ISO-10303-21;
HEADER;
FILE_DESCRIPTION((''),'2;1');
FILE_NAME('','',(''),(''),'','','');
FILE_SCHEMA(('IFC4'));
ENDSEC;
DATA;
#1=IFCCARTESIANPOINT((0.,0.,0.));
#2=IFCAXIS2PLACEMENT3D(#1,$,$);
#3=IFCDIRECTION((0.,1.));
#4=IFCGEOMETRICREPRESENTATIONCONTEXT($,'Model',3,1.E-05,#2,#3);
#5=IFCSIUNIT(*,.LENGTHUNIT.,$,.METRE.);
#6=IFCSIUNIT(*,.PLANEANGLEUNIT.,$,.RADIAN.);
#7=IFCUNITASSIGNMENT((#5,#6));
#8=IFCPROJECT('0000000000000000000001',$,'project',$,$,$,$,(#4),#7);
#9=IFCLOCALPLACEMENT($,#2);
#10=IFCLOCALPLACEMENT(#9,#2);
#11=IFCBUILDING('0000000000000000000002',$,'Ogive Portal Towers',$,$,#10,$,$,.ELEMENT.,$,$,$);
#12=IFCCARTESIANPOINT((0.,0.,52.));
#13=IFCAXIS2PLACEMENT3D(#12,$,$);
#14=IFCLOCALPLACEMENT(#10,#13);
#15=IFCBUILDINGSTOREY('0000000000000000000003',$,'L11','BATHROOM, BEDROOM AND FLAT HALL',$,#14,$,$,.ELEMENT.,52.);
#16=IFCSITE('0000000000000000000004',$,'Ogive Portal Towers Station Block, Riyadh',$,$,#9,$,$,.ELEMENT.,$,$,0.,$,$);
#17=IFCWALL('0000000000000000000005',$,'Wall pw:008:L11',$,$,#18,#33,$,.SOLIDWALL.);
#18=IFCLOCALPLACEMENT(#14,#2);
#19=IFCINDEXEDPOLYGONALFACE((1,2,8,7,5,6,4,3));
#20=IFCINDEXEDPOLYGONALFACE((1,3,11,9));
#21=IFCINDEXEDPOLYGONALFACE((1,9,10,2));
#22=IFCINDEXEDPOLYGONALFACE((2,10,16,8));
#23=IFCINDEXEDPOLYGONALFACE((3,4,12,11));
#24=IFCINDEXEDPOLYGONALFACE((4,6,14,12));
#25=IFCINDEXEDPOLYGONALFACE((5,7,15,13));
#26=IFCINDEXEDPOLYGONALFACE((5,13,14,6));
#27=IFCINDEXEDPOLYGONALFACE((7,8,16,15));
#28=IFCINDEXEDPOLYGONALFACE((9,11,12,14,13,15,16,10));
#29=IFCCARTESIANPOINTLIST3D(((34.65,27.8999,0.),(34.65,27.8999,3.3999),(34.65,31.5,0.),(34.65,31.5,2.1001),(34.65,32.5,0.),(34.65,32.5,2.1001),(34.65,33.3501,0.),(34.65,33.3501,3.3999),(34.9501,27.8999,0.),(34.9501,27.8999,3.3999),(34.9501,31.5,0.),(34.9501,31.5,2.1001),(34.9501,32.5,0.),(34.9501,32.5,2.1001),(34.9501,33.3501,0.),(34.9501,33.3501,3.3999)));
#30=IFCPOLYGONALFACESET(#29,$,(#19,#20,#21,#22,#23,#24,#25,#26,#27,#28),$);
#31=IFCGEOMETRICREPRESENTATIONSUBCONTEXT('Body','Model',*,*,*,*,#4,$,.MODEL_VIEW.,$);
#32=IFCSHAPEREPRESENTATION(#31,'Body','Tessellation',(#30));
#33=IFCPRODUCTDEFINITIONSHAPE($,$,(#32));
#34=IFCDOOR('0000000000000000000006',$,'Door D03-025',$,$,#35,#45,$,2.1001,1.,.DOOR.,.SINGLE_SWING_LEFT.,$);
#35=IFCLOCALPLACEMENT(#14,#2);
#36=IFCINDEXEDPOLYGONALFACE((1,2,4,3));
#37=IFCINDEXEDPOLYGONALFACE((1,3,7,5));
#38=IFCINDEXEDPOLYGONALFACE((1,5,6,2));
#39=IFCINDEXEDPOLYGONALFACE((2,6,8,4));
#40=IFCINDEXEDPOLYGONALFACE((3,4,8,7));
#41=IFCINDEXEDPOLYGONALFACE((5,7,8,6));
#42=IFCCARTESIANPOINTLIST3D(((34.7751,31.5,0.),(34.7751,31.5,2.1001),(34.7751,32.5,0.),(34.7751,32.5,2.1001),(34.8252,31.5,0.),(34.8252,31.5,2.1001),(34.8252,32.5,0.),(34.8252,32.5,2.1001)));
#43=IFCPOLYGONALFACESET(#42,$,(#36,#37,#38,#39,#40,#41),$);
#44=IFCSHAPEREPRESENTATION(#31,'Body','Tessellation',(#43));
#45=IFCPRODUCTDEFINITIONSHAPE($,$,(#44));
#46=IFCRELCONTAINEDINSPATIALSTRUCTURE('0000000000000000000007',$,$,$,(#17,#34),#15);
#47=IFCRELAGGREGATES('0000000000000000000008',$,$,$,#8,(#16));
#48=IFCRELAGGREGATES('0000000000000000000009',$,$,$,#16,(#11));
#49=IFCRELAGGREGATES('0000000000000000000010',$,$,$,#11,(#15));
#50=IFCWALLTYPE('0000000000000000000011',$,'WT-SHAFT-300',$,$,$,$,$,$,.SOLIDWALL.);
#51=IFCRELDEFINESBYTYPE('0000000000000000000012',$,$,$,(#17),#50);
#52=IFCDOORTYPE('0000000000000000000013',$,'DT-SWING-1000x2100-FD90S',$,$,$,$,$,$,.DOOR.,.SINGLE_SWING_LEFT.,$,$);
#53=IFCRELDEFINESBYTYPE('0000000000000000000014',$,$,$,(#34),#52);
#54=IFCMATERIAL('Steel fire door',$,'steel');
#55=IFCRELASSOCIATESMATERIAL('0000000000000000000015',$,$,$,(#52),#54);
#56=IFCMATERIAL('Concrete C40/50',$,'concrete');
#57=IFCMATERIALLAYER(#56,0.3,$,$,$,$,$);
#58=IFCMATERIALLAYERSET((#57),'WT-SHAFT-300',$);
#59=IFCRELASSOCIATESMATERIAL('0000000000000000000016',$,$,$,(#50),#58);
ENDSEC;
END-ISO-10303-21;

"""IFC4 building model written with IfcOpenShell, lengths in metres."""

from ifc_helpers import new_model, si_unit, direction, frame, frame_2d, origin, place, context, subcontext, project, spatial, rectangle, extrude, material, layer, layer_set, type_object, element, fill, save


model = new_model("IFC4")

# Units and contexts
model_context = context("Model", 3, precision=1e-05, world=origin(), true_north=direction((0.0, 1.0)))
body_context = subcontext(model_context, "Body", "Model", "MODEL_VIEW")
ifc_project = project(units=[si_unit("LENGTHUNIT", "METRE"), si_unit("PLANEANGLEUNIT", "RADIAN")], contexts=[model_context])

# Site, building, storey
site_placement = place(None, origin())
site = spatial("IfcSite", under=ifc_project, at=site_placement, Name="Ogive Portal Towers Station Block, Riyadh", CompositionType="ELEMENT", RefElevation=0.0)
building_placement = place(site_placement, origin())
building = spatial("IfcBuilding", under=site, at=building_placement, Name="Ogive Portal Towers", CompositionType="ELEMENT")
storey_placement = place(building_placement, frame((0.0, 0.0, 52.0)))
storey = spatial("IfcBuildingStorey", under=building, at=storey_placement, Name="L11", Description="BATHROOM, BEDROOM AND FLAT HALL", CompositionType="ELEMENT", Elevation=52.0)

# Shared definitions
ifc_material_1 = material(Name="Steel fire door", Category="steel")
door_type_1 = type_object("IfcDoorType", Name="DT-SWING-1000x2100-FD90S", OperationType="SINGLE_SWING_LEFT", PredefinedType="DOOR", material=ifc_material_1)

# Shared definitions
ifc_material_2 = material(Name="Concrete C40/50", Category="concrete")
ifc_layer_1 = layer(ifc_material_2, 0.3)
ifc_layer_set_1 = layer_set([ifc_layer_1], Name="WT-SHAFT-300")
wall_type_1 = type_object("IfcWallType", Name="WT-SHAFT-300", PredefinedType="SOLIDWALL", material=ifc_layer_set_1)

# Wall, opening, door
wall_1_placement = place(storey_placement, frame((34.8, 27.8999, 0.0), z_axis=(0.0, 0.0, 1.0), x_axis=(0.0, 1.0, 0.0)))
wall_1 = element("IfcWall", 1, at=wall_1_placement, inside=storey, type_object=wall_type_1, Name="Wall pw:008:L11", PredefinedType="SOLIDWALL", context=body_context, shape_type="SweptSolid", body=[
    extrude(rectangle(XDim=5.4502, YDim=0.3, at=frame_2d((2.7251, 0.0))), origin(), (0.0, 0.0, 1.0), 3.3999),
])
opening_1_placement = place(wall_1_placement, frame((3.6001, 0.0, 0.0)))
opening_1 = element("IfcOpeningElement", 2, at=opening_1_placement, cuts=wall_1, PredefinedType="OPENING", context=body_context, shape_type="SweptSolid", body=[
    extrude(rectangle(XDim=1.0, YDim=2.1001, at=frame_2d((0.5, 1.05))), frame((0.0, 0.1602, 0.0), z_axis=(0.0, -1.0, 0.0), x_axis=(1.0, 0.0, 0.0)), (0.0, 0.0, 1.0), 0.3201),
])
door_1_placement = place(opening_1_placement, origin())
door_1 = element("IfcDoor", 3, at=door_1_placement, inside=storey, type_object=door_type_1, Name="Door D03-025", OperationType="SINGLE_SWING_LEFT", OverallHeight=2.1001, OverallWidth=1.0, PredefinedType="DOOR", context=body_context, shape_type="SweptSolid", body=[
    extrude(rectangle(XDim=1.0, YDim=2.1001, at=frame_2d((0.5, 1.05))), frame((0.0, 0.0249, 0.0), z_axis=(0.0, -1.0, 0.0), x_axis=(1.0, 0.0, 0.0)), (0.0, 0.0, 1.0), 0.05),
])
fill(opening_1, door_1)

save(model, "model.ifc")
